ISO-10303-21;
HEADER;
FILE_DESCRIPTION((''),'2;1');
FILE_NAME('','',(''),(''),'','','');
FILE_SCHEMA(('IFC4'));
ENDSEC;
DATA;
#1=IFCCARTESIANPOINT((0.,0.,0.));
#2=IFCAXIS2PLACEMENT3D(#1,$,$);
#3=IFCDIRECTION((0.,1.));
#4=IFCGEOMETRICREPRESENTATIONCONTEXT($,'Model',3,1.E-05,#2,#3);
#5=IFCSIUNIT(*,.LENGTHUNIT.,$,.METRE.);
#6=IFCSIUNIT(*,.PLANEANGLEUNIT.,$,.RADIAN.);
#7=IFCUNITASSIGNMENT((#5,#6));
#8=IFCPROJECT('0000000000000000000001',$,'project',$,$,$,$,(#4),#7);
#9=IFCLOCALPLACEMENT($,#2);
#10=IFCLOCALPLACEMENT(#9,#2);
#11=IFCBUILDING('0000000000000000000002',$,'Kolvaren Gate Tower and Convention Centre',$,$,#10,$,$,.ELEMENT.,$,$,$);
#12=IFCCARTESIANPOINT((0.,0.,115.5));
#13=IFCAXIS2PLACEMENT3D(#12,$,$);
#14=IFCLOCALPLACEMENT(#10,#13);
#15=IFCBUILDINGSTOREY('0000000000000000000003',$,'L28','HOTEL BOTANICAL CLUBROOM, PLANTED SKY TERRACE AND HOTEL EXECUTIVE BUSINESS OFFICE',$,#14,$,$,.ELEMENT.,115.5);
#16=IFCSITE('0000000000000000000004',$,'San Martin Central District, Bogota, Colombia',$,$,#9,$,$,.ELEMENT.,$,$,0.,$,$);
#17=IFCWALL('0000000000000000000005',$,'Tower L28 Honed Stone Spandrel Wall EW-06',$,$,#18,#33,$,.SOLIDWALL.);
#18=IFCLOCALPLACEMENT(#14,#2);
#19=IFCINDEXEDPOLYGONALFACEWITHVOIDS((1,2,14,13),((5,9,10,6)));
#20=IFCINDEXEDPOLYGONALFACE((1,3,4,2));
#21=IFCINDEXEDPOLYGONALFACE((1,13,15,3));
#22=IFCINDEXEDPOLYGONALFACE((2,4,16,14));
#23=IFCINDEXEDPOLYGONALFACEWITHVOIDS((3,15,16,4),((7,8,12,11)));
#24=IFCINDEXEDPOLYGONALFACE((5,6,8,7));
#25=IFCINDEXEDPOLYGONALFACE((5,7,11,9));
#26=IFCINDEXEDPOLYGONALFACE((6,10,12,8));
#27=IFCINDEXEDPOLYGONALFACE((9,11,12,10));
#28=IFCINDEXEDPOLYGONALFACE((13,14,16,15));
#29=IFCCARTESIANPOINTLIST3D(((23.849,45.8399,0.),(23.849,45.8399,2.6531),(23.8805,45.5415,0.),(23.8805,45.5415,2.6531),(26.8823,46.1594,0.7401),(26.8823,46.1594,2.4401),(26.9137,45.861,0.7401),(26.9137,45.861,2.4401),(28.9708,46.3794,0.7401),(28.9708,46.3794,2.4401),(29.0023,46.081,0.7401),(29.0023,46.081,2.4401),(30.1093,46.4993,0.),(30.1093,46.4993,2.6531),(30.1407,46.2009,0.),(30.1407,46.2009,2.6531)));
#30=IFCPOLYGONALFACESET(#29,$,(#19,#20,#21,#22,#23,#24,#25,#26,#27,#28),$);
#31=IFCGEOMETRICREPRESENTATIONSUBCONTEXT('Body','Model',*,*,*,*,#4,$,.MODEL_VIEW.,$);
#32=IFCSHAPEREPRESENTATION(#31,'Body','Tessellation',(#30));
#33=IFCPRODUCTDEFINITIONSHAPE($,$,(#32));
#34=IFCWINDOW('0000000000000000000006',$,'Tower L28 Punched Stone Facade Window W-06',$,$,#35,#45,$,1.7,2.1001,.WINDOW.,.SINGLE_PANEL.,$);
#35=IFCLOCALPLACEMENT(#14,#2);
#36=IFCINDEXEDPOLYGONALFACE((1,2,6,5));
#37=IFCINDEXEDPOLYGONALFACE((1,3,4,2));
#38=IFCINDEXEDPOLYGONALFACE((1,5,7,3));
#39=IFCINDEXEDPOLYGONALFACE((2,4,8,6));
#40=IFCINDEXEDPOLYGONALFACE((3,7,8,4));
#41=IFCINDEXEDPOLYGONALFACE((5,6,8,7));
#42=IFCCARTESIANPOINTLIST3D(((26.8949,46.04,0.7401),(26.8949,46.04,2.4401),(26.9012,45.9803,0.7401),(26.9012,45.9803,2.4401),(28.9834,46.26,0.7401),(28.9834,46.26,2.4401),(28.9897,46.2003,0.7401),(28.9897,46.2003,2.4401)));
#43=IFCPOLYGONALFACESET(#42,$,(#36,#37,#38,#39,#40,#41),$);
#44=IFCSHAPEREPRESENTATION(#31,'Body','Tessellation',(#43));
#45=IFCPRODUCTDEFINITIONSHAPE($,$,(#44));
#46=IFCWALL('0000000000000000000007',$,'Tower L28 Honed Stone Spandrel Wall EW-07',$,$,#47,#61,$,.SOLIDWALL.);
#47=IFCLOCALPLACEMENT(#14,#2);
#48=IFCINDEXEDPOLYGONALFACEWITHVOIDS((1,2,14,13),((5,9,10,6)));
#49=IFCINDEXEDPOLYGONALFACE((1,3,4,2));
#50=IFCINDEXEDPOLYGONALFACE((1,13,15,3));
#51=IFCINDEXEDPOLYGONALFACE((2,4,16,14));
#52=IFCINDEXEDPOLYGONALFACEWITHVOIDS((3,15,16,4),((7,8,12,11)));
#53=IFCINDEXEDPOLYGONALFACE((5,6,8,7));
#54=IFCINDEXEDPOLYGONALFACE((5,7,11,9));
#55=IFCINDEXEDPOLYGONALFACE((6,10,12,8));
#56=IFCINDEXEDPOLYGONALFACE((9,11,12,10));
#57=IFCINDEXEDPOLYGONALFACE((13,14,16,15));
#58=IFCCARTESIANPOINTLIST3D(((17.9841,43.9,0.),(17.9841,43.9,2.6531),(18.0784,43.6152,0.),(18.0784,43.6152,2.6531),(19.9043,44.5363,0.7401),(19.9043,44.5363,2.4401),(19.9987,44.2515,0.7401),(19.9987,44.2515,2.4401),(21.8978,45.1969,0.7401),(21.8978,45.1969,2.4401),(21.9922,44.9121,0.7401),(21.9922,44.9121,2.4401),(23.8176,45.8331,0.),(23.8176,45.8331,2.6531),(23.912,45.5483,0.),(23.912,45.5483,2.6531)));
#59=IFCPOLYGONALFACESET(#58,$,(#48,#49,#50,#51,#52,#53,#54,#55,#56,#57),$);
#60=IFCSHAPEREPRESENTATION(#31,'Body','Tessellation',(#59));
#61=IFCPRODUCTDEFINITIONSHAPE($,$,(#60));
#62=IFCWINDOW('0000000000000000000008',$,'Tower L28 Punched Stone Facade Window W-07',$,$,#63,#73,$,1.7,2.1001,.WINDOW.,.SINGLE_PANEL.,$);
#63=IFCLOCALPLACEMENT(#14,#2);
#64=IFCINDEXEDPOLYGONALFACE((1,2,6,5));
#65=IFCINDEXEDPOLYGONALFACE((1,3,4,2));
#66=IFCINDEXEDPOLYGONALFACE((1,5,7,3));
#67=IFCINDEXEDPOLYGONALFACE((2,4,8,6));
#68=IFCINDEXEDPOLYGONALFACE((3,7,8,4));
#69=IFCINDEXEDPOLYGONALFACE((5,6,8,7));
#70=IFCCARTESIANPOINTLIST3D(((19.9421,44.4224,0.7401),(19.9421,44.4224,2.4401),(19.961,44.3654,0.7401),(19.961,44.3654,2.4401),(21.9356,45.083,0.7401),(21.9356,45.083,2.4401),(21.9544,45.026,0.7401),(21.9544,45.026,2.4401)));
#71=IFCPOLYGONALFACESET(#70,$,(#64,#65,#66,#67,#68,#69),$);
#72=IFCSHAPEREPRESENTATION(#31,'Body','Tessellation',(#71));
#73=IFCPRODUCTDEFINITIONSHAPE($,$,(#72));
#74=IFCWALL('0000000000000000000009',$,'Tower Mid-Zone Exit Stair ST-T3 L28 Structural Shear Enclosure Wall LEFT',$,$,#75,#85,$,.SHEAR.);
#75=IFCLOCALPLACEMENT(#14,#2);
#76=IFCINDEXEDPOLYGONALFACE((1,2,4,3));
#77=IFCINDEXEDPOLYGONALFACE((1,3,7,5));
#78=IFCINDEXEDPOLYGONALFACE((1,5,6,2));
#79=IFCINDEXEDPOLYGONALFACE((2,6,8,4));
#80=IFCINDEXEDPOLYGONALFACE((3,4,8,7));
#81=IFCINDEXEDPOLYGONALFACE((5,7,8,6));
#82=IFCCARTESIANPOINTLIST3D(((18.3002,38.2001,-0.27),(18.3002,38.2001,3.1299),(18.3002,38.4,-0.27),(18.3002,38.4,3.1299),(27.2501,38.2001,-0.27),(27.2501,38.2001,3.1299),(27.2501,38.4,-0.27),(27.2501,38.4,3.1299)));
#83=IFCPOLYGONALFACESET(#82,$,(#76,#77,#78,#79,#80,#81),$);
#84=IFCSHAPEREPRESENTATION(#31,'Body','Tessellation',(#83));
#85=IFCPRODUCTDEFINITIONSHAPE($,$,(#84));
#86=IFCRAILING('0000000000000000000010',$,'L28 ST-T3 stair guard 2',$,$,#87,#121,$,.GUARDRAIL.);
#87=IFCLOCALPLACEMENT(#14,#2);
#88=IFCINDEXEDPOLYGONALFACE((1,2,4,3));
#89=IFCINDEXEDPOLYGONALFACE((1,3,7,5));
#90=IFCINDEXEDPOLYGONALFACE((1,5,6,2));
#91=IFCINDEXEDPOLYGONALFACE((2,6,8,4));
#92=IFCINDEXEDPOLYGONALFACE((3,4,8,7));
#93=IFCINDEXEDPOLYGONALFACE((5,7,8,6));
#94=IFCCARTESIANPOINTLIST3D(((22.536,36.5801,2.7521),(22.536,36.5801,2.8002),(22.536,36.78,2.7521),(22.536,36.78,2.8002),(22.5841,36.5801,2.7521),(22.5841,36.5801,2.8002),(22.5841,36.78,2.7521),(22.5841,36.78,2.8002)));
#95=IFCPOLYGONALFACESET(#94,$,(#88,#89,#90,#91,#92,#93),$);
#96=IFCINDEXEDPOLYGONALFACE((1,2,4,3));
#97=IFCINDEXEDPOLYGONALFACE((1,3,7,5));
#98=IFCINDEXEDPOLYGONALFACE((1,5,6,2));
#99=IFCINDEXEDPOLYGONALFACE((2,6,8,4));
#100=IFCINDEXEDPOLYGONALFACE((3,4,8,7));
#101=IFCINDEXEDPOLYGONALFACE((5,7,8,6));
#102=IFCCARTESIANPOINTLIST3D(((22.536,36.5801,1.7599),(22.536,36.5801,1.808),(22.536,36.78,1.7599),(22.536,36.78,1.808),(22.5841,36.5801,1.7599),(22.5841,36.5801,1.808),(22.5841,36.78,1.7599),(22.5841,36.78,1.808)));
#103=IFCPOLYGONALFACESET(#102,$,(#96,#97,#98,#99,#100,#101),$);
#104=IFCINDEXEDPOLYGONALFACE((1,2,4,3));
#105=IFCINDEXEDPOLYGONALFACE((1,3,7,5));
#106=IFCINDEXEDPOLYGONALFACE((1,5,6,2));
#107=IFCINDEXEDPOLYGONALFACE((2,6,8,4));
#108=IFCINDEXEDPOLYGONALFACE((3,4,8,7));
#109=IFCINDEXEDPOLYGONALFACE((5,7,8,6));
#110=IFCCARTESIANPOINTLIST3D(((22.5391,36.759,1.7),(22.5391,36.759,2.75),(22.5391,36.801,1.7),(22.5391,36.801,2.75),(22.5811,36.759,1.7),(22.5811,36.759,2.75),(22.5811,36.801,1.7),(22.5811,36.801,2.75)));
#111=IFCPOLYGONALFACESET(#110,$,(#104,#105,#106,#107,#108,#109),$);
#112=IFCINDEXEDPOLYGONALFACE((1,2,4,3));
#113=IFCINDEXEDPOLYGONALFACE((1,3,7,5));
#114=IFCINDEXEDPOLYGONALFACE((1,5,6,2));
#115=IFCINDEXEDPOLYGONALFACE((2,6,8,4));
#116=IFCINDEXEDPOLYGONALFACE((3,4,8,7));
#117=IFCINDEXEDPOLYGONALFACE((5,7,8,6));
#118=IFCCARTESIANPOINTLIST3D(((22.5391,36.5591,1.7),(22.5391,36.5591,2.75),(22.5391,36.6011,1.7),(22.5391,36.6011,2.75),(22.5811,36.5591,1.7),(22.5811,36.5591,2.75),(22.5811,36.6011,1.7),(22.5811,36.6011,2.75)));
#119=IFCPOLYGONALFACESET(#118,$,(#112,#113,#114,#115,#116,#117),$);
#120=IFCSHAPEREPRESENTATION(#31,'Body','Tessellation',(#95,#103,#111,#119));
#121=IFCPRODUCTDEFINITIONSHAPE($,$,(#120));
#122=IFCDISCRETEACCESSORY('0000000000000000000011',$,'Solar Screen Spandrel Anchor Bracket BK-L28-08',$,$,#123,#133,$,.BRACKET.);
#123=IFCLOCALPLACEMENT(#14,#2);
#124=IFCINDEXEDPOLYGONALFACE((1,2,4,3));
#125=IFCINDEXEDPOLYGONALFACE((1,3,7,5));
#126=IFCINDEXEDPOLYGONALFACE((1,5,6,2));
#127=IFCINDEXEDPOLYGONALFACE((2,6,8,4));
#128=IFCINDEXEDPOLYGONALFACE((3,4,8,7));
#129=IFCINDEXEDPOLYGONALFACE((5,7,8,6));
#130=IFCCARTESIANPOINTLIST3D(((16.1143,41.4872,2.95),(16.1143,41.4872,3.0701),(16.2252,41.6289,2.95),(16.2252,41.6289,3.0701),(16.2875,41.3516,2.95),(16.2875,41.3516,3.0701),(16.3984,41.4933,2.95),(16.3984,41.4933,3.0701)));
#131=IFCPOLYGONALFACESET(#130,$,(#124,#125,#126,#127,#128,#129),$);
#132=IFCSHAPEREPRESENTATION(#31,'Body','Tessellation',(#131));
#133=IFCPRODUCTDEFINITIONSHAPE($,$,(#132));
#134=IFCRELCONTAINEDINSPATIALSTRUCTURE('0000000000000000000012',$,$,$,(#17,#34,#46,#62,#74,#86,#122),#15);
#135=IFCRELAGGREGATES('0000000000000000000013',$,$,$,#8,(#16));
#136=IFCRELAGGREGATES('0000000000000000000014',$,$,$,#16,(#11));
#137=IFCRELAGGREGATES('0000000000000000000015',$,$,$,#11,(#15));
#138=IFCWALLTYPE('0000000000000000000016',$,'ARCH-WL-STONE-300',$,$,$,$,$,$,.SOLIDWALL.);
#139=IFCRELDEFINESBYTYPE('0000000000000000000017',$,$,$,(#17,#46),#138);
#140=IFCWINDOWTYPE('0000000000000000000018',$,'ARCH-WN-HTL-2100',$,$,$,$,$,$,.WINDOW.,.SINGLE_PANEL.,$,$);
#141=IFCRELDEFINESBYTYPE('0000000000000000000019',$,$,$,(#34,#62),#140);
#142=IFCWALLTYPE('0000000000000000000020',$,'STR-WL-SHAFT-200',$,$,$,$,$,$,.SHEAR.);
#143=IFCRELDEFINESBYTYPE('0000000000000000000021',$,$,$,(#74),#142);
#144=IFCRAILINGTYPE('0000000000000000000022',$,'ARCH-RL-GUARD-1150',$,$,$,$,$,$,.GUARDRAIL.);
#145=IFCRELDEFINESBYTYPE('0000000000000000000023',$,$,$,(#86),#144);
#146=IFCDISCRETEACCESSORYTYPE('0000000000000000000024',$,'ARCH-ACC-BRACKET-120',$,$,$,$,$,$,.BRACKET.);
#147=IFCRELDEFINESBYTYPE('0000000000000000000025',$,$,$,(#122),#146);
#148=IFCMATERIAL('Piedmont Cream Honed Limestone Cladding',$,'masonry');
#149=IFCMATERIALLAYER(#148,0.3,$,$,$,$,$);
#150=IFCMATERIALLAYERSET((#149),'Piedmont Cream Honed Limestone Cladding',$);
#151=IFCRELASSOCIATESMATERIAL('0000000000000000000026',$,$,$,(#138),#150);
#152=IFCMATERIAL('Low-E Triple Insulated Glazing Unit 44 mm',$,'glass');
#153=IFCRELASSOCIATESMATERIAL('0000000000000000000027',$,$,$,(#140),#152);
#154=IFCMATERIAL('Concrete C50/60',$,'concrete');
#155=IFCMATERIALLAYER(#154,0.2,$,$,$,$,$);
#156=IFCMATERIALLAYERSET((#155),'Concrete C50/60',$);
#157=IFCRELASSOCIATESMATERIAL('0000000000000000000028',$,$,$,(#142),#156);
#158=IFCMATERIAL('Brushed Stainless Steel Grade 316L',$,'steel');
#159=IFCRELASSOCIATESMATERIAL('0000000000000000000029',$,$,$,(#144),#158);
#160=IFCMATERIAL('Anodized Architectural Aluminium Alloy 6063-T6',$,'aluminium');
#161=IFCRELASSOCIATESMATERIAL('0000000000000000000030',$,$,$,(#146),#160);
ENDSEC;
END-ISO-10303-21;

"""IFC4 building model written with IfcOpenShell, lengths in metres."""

from ifc_helpers import new_model, si_unit, direction, frame, frame_2d, origin, origin_2d, place, context, subcontext, project, spatial, rectangle, extrude, material, layer, layer_set, type_object, element, fill, save


model = new_model("IFC4")

# Units and contexts
model_context = context("Model", 3, precision=1e-05, world=origin(), true_north=direction((0.0, 1.0)))
body_context = subcontext(model_context, "Body", "Model", "MODEL_VIEW")
ifc_project = project(units=[si_unit("LENGTHUNIT", "METRE"), si_unit("PLANEANGLEUNIT", "RADIAN")], contexts=[model_context])

# Site, building, storey
site_placement = place(None, origin())
site = spatial("IfcSite", under=ifc_project, at=site_placement, Name="San Martin Central District, Bogota, Colombia", CompositionType="ELEMENT", RefElevation=0.0)
building_placement = place(site_placement, origin())
building = spatial("IfcBuilding", under=site, at=building_placement, Name="Kolvaren Gate Tower and Convention Centre", CompositionType="ELEMENT")
storey_placement = place(building_placement, frame((0.0, 0.0, 115.5)))
storey = spatial("IfcBuildingStorey", under=building, at=storey_placement, Name="L28", Description="HOTEL BOTANICAL CLUBROOM, PLANTED SKY TERRACE AND HOTEL EXECUTIVE BUSINESS OFFICE", CompositionType="ELEMENT", Elevation=115.5)

# Shared definitions
ifc_material_1 = material(Name="Anodized Architectural Aluminium Alloy 6063-T6", Category="aluminium")

# Shared definitions
ifc_material_2 = material(Name="Low-E Triple Insulated Glazing Unit 44 mm", Category="glass")

# Walls, openings, windows
ifc_material_3 = material(Name="Piedmont Cream Honed Limestone Cladding", Category="masonry")
ifc_layer_1 = layer(ifc_material_3, 0.3)
ifc_layer_set_1 = layer_set([ifc_layer_1], Name="Piedmont Cream Honed Limestone Cladding")
wall_type_1 = type_object("IfcWallType", Name="ARCH-WL-STONE-300", PredefinedType="SOLIDWALL", material=ifc_layer_set_1)
wall_1_placement = place(storey_placement, frame((23.8647, 45.6907, 0.0), z_axis=(0.0, 0.0, 1.0), x_axis=(0.994498, 0.104755, 0.0)))
wall_1 = element("IfcWall", 1, at=wall_1_placement, inside=storey, type_object=wall_type_1, Name="Tower L28 Honed Stone Spandrel Wall EW-06", PredefinedType="SOLIDWALL", context=body_context, shape_type="SweptSolid", body=[
    extrude(rectangle(XDim=6.2949, YDim=0.3, at=frame_2d((3.1475, 0.0))), origin(), (0.0, 0.0, 1.0), 2.6531),
])
opening_1_placement = place(wall_1_placement, frame((3.05, 0.0, 0.74)))
opening_1 = element("IfcOpeningElement", 2, at=opening_1_placement, cuts=wall_1, PredefinedType="OPENING", context=body_context, shape_type="SweptSolid", body=[
    extrude(rectangle(XDim=2.1001, YDim=1.7, at=frame_2d((1.05, 0.8501))), frame((0.0, 0.1599, 0.0), z_axis=(0.0, -1.0, 0.0), x_axis=(1.0, 0.0, 0.0)), (0.0, 0.0, 1.0), 0.3201),
])
window_type = type_object("IfcWindowType", Name="ARCH-WN-HTL-2100", PartitioningType="SINGLE_PANEL", PredefinedType="WINDOW", material=ifc_material_2)
window_1_placement = place(opening_1_placement, origin())
window_1 = element("IfcWindow", 3, at=window_1_placement, inside=storey, type_object=window_type, Name="Tower L28 Punched Stone Facade Window W-06", OverallHeight=1.7, OverallWidth=2.1001, PartitioningType="SINGLE_PANEL", PredefinedType="WINDOW", context=body_context, shape_type="SweptSolid", body=[
    extrude(rectangle(XDim=2.1001, YDim=1.7, at=frame_2d((1.05, 0.8501))), frame((0.0, 0.03, 0.0), z_axis=(0.0, -1.0, 0.0), x_axis=(1.0, 0.0, 0.0)), (0.0, 0.0, 1.0), 0.0601),
])
fill(opening_1, window_1)
wall_2_placement = place(storey_placement, frame((18.0312, 43.7576, 0.0), z_axis=(0.0, 0.0, 1.0), x_axis=(0.949238, 0.314559, 0.0)))
wall_2 = element("IfcWall", 4, at=wall_2_placement, inside=storey, type_object=wall_type_1, Name="Tower L28 Honed Stone Spandrel Wall EW-07", PredefinedType="SOLIDWALL", context=body_context, shape_type="SweptSolid", body=[
    extrude(rectangle(XDim=6.1455, YDim=0.3, at=frame_2d((3.0728, 0.0))), origin(), (0.0, 0.0, 1.0), 2.6531),
])
opening_2_placement = place(wall_2_placement, frame((2.0229, 0.0, 0.74)))
opening_2 = element("IfcOpeningElement", 5, at=opening_2_placement, cuts=wall_2, PredefinedType="OPENING", context=body_context, shape_type="SweptSolid", body=[
    extrude(rectangle(XDim=2.1001, YDim=1.7, at=frame_2d((1.05, 0.8501))), frame((0.0, 0.1599, 0.0), z_axis=(0.0, -1.0, 0.0), x_axis=(1.0, 0.0, 0.0)), (0.0, 0.0, 1.0), 0.3201),
])
window_2_placement = place(opening_2_placement, origin())
window_2 = element("IfcWindow", 6, at=window_2_placement, inside=storey, type_object=window_type, Name="Tower L28 Punched Stone Facade Window W-07", OverallHeight=1.7, OverallWidth=2.1001, PartitioningType="SINGLE_PANEL", PredefinedType="WINDOW", context=body_context, shape_type="SweptSolid", body=[
    extrude(rectangle(XDim=2.1001, YDim=1.7, at=frame_2d((1.05, 0.8501))), frame((0.0, 0.03, 0.0), z_axis=(0.0, -1.0, 0.0), x_axis=(1.0, 0.0, 0.0)), (0.0, 0.0, 1.0), 0.0601),
])
fill(opening_2, window_2)

# Wall
ifc_material_4 = material(Name="Concrete C50/60", Category="concrete")
ifc_layer_2 = layer(ifc_material_4, 0.2)
ifc_layer_set_2 = layer_set([ifc_layer_2], Name="Concrete C50/60")
wall_type_2 = type_object("IfcWallType", Name="STR-WL-SHAFT-200", PredefinedType="SHEAR", material=ifc_layer_set_2)
wall_3_placement = place(storey_placement, frame((18.3, 38.3, -0.27), z_axis=(0.0, 0.0, 1.0), x_axis=(1.0, 0.0, 0.0)))
element("IfcWall", 7, at=wall_3_placement, inside=storey, type_object=wall_type_2, Name="Tower Mid-Zone Exit Stair ST-T3 L28 Structural Shear Enclosure Wall LEFT", PredefinedType="SHEAR", context=body_context, shape_type="SweptSolid", body=[
    extrude(rectangle(XDim=8.95, YDim=0.2, at=frame_2d((4.4751, 0.0))), origin(), (0.0, 0.0, 1.0), 3.3999),
])

# Railing
ifc_material_5 = material(Name="Brushed Stainless Steel Grade 316L", Category="steel")
railing_type = type_object("IfcRailingType", Name="ARCH-RL-GUARD-1150", PredefinedType="GUARDRAIL", material=ifc_material_5)
railing_placement = place(storey_placement, frame((22.5601, 36.78, 1.7)))
element("IfcRailing", 8, at=railing_placement, inside=storey, type_object=railing_type, Name="L28 ST-T3 stair guard 2", PredefinedType="GUARDRAIL", context=body_context, shape_type="SweptSolid", body=[
    extrude(rectangle(XDim=0.0481, YDim=0.0481, at=origin_2d()), frame((0.0, 0.0, 1.0762), z_axis=(0.0, -1.0, 0.0), x_axis=(1.0, 0.0, 0.0)), (0.0, 0.0, 1.0), 0.2),
    extrude(rectangle(XDim=0.0481, YDim=0.0481, at=origin_2d()), frame((0.0, 0.0, 0.084), z_axis=(0.0, -1.0, 0.0), x_axis=(1.0, 0.0, 0.0)), (0.0, 0.0, 1.0), 0.2),
    extrude(rectangle(XDim=0.042, YDim=0.042, at=origin_2d()), origin(), (0.0, 0.0, 1.0), 1.05),
    extrude(rectangle(XDim=0.042, YDim=0.042, at=origin_2d()), frame((0.0, -0.2, 0.0)), (0.0, 0.0, 1.0), 1.05),
])

# Discrete accessory
discrete_accessory_type = type_object("IfcDiscreteAccessoryType", Name="ARCH-ACC-BRACKET-120", PredefinedType="BRACKET", material=ifc_material_1)
discrete_accessory_placement = place(storey_placement, frame((16.2563, 41.4902, 2.95), z_axis=(0.0, 0.0, 1.0), x_axis=(0.616435, 0.787405, 0.0)))
element("IfcDiscreteAccessory", 9, at=discrete_accessory_placement, inside=storey, type_object=discrete_accessory_type, Name="Solar Screen Spandrel Anchor Bracket BK-L28-08", PredefinedType="BRACKET", context=body_context, shape_type="SweptSolid", body=[
    extrude(rectangle(XDim=0.1799, YDim=0.22, at=origin_2d()), origin(), (0.0, 0.0, 1.0), 0.1201),
])

save(model, "model.ifc")
